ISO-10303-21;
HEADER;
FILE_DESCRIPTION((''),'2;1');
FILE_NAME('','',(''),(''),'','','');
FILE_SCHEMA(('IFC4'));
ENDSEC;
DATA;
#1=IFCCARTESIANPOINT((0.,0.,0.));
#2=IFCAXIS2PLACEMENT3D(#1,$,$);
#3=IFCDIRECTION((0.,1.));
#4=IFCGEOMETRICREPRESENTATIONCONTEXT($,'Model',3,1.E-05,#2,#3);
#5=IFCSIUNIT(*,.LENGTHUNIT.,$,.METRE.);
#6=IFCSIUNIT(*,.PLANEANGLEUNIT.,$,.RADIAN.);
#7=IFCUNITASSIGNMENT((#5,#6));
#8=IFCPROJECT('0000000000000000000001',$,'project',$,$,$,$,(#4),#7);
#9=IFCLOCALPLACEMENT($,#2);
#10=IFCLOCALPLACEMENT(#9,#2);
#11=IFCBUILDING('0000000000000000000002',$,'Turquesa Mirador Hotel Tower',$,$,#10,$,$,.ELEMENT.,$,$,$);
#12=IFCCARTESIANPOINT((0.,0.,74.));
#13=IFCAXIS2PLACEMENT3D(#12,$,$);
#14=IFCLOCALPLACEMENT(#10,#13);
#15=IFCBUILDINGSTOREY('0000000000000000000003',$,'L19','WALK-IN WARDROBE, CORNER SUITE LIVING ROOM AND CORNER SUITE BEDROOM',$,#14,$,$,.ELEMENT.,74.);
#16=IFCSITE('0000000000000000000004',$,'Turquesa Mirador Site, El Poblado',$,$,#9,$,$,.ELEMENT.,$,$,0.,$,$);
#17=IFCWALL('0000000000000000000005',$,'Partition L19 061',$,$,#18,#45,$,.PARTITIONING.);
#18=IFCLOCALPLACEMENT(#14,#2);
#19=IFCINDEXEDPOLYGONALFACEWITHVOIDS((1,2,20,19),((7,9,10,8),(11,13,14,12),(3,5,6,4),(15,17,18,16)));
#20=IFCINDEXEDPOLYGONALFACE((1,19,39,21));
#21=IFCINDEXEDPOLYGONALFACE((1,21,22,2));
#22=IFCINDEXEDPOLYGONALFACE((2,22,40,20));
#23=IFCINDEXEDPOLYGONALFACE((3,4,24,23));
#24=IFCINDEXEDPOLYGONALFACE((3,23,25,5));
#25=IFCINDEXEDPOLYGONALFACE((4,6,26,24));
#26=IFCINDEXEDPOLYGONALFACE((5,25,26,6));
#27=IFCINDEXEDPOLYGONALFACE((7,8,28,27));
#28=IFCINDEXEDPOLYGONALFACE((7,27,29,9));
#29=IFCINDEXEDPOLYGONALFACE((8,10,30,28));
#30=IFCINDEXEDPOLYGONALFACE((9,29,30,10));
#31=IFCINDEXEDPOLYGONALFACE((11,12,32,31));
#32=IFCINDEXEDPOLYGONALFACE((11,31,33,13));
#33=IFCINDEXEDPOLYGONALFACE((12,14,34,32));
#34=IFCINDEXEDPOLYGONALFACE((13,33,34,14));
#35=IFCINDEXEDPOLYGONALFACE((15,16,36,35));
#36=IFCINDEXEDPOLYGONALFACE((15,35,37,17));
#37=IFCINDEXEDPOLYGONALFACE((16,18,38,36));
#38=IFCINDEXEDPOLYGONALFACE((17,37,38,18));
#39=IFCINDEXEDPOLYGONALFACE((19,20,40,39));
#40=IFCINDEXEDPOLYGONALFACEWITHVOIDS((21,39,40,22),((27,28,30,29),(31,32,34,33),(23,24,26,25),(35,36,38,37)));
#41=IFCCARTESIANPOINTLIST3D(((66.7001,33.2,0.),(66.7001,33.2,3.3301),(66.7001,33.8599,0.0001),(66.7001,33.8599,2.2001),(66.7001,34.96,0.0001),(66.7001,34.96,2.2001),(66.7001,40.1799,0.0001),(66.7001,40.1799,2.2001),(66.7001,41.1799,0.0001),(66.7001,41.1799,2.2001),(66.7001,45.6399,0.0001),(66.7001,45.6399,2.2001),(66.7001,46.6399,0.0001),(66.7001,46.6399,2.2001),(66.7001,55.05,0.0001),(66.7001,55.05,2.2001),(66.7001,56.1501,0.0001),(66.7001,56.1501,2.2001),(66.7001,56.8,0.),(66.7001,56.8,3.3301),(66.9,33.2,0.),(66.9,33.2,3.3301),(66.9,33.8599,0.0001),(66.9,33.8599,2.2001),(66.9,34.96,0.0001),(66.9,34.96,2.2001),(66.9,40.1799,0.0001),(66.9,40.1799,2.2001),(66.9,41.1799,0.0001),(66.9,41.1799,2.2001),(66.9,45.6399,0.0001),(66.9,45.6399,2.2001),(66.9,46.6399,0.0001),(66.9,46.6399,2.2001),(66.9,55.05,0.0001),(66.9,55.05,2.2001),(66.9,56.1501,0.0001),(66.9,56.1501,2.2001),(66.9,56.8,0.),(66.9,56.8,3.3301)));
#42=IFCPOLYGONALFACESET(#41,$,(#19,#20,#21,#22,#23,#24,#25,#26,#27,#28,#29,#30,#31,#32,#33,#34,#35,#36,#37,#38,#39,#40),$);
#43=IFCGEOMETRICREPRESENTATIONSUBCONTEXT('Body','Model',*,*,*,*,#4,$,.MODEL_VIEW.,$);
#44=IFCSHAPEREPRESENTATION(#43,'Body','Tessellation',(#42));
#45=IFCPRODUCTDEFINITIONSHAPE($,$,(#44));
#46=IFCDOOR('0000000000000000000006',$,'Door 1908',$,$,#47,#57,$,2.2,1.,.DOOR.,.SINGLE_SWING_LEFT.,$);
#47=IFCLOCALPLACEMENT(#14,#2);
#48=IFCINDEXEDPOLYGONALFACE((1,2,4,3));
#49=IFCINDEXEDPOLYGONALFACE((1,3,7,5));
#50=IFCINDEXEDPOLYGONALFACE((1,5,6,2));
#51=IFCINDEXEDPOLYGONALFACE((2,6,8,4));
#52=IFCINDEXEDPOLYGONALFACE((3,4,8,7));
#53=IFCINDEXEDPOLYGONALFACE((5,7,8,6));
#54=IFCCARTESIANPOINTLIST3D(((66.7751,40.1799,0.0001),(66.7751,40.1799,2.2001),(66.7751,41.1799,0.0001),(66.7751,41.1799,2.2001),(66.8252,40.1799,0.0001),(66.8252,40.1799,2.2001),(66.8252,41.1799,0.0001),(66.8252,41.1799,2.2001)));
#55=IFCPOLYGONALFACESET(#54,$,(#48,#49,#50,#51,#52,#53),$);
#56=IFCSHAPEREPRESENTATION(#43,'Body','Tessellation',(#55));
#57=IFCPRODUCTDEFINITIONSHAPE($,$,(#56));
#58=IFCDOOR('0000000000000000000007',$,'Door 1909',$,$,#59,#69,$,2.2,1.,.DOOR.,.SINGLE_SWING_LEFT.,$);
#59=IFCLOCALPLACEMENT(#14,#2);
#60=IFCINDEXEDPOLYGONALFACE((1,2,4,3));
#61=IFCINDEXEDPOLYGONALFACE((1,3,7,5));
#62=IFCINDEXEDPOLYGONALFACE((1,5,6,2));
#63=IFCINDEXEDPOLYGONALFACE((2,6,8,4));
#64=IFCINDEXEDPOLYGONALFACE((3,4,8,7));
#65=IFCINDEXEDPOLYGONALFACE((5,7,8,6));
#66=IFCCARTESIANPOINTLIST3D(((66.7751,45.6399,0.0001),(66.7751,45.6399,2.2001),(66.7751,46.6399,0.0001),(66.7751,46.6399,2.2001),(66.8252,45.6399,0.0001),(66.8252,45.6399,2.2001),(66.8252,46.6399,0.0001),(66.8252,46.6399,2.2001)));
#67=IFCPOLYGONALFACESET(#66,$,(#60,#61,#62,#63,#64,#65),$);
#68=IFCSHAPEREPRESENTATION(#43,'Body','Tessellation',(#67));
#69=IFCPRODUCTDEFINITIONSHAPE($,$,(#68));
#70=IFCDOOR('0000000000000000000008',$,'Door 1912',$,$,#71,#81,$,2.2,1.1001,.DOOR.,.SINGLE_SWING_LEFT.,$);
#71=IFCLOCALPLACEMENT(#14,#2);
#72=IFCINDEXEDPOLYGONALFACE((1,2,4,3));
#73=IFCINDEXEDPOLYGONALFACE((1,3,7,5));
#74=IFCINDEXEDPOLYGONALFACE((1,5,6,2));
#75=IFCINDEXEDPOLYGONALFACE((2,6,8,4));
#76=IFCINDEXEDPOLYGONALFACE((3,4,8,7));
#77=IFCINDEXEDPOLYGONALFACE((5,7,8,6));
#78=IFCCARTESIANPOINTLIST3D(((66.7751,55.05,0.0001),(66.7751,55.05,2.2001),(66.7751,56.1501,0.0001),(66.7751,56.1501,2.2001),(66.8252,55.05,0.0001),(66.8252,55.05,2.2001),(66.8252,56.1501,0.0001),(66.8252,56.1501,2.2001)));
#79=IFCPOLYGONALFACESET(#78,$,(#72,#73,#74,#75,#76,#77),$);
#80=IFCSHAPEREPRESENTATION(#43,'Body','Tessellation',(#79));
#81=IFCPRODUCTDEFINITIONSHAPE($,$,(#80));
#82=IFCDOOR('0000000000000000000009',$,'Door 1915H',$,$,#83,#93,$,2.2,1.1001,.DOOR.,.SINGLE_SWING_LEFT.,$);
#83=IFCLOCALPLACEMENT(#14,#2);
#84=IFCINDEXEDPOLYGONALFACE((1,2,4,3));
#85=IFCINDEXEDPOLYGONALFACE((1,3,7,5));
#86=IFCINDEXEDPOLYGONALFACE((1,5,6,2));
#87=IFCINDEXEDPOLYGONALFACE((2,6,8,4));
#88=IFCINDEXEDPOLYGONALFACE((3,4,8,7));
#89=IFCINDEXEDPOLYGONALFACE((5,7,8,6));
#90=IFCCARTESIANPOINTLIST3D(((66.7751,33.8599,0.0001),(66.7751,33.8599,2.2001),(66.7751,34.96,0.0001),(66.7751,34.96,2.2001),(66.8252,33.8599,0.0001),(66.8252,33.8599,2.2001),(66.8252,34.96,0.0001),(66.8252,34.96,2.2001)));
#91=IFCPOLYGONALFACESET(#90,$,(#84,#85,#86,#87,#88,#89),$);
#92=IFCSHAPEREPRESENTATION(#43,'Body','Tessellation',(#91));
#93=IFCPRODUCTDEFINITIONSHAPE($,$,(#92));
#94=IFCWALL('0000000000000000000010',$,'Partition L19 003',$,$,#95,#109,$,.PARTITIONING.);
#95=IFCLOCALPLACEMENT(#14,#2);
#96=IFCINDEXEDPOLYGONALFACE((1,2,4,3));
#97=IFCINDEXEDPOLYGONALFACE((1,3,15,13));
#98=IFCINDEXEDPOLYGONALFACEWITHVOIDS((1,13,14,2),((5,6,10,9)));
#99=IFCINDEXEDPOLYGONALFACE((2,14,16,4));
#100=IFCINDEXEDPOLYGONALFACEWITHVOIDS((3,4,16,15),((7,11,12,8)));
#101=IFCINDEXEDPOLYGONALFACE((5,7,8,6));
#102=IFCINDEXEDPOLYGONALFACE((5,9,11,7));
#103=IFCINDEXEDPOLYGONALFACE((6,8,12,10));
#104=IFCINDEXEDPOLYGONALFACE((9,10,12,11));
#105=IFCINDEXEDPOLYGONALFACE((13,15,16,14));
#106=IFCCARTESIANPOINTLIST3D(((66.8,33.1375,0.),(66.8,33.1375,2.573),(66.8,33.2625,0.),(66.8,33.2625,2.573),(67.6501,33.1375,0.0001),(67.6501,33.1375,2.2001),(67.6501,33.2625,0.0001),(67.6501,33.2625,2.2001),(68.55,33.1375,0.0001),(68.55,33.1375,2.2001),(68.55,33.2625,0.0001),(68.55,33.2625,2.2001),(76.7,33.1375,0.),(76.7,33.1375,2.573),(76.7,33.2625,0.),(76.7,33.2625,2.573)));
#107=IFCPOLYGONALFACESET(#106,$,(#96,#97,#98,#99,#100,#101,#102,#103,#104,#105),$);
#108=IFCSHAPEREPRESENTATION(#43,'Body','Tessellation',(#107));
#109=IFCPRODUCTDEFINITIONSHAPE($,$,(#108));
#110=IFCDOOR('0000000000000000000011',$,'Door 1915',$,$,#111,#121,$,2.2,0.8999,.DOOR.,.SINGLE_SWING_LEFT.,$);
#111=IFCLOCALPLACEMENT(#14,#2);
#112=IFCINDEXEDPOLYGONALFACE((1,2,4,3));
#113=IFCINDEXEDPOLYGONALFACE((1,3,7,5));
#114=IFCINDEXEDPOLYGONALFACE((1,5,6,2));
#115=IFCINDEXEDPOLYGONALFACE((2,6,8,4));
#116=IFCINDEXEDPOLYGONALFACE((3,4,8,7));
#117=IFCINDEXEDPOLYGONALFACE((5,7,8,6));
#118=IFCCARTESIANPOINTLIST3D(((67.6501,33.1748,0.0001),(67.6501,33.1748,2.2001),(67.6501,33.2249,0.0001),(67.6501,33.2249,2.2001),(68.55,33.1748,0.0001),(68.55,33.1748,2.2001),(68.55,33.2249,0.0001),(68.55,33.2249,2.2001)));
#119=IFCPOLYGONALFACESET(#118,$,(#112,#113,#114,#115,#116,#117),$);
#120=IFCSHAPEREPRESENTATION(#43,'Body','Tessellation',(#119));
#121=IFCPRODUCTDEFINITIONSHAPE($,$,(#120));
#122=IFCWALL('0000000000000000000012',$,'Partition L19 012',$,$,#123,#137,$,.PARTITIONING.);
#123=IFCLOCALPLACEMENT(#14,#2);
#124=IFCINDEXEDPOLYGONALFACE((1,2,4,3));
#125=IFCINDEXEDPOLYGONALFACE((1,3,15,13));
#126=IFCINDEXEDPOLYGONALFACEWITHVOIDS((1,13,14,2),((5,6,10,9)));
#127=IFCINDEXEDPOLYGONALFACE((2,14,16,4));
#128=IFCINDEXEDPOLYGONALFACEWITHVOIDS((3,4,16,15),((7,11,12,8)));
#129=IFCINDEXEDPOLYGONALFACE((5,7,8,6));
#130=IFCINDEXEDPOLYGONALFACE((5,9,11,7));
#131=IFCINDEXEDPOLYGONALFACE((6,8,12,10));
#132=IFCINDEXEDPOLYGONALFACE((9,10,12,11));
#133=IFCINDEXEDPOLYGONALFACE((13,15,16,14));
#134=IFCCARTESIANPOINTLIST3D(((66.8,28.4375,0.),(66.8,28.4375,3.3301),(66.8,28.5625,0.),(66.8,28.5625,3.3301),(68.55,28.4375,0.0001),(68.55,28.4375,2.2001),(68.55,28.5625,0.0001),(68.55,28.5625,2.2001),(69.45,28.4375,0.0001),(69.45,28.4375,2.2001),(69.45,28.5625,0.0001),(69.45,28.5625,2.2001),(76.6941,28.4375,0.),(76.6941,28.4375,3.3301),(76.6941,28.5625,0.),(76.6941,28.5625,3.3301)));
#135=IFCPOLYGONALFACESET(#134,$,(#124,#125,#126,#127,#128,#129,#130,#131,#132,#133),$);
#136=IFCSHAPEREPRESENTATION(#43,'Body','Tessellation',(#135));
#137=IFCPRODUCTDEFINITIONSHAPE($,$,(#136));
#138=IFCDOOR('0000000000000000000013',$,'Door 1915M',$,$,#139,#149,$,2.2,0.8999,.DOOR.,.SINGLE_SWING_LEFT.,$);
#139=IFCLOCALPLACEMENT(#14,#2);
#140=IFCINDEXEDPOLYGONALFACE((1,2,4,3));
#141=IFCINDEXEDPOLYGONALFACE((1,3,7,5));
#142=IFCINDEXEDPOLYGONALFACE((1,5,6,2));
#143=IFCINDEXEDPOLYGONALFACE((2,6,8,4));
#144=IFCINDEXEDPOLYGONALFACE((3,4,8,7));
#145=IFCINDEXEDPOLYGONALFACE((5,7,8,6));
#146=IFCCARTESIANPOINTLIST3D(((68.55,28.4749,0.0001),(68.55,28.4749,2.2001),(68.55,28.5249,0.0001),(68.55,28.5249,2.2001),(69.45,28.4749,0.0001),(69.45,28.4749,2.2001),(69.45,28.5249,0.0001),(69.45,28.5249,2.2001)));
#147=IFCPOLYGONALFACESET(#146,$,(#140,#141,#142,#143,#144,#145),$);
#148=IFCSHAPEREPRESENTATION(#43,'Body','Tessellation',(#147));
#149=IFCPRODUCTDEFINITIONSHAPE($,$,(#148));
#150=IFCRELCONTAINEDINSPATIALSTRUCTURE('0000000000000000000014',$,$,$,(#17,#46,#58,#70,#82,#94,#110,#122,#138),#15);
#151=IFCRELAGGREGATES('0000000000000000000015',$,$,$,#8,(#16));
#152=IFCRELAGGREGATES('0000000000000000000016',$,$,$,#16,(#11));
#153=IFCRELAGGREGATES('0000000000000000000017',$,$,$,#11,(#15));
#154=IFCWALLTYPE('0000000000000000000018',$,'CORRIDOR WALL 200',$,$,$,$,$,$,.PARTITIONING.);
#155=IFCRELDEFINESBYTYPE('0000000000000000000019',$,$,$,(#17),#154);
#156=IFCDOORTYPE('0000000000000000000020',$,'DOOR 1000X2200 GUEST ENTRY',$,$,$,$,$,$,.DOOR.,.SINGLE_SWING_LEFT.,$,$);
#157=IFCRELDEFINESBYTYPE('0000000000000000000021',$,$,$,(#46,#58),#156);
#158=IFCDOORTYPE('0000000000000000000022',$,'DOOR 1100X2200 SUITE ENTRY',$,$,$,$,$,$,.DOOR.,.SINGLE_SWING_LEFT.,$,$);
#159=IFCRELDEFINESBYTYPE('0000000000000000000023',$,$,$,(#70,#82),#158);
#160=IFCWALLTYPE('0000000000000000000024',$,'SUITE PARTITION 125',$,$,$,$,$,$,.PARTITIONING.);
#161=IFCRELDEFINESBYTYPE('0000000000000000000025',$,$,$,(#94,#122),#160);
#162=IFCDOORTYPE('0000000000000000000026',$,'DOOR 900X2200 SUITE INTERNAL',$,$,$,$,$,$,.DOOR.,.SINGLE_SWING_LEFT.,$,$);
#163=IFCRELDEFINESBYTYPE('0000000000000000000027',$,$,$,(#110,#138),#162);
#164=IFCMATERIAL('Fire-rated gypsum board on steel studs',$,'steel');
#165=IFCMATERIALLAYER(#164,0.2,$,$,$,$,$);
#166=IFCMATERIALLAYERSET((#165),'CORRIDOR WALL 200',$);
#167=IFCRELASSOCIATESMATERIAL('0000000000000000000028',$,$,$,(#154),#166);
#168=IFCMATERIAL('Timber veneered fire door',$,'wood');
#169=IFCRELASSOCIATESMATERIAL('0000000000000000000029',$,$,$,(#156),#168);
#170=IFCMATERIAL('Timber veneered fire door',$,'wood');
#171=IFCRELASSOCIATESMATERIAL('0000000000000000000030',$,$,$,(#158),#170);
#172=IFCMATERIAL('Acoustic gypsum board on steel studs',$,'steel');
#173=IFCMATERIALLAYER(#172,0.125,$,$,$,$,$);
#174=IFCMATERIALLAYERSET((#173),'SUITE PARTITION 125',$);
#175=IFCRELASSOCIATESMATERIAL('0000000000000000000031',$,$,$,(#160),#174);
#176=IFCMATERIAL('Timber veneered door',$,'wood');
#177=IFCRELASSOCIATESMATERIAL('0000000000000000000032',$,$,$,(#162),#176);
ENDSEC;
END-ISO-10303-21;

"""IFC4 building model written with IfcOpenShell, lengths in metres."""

from ifc_helpers import new_model, si_unit, direction, frame, frame_2d, origin, place, context, subcontext, project, spatial, rectangle, extrude, material, layer, layer_set, type_object, element, fill, save


model = new_model("IFC4")

# Units and contexts
model_context = context("Model", 3, precision=1e-05, world=origin(), true_north=direction((0.0, 1.0)))
body_context = subcontext(model_context, "Body", "Model", "MODEL_VIEW")
ifc_project = project(units=[si_unit("LENGTHUNIT", "METRE"), si_unit("PLANEANGLEUNIT", "RADIAN")], contexts=[model_context])

# Site, building, storey
site_placement = place(None, origin())
site = spatial("IfcSite", under=ifc_project, at=site_placement, Name="Turquesa Mirador Site, El Poblado", CompositionType="ELEMENT", RefElevation=0.0)
building_placement = place(site_placement, origin())
building = spatial("IfcBuilding", under=site, at=building_placement, Name="Turquesa Mirador Hotel Tower", CompositionType="ELEMENT")
storey_placement = place(building_placement, frame((0.0, 0.0, 74.0)))
storey = spatial("IfcBuildingStorey", under=building, at=storey_placement, Name="L19", Description="WALK-IN WARDROBE, CORNER SUITE LIVING ROOM AND CORNER SUITE BEDROOM", CompositionType="ELEMENT", Elevation=74.0)

# Wall, openings, doors
ifc_material_1 = material(Name="Fire-rated gypsum board on steel studs", Category="steel")
ifc_layer_1 = layer(ifc_material_1, 0.2)
ifc_layer_set_1 = layer_set([ifc_layer_1], Name="CORRIDOR WALL 200")
wall_type_1 = type_object("IfcWallType", Name="CORRIDOR WALL 200", PredefinedType="PARTITIONING", material=ifc_layer_set_1)
wall_1_placement = place(storey_placement, frame((66.8, 33.2, 0.0), z_axis=(0.0, 0.0, 1.0), x_axis=(0.0, 1.0, 0.0)))
wall_1 = element("IfcWall", 1, at=wall_1_placement, inside=storey, type_object=wall_type_1, Name="Partition L19 061", PredefinedType="PARTITIONING", context=body_context, shape_type="SweptSolid", body=[
    extrude(rectangle(XDim=23.6001, YDim=0.2, at=frame_2d((11.8, 0.0))), origin(), (0.0, 0.0, 1.0), 3.3301),
])
opening_1_placement = place(wall_1_placement, frame((6.98, 0.0, 0.0)))
opening_1 = element("IfcOpeningElement", 2, at=opening_1_placement, cuts=wall_1, PredefinedType="OPENING", context=body_context, shape_type="SweptSolid", body=[
    extrude(rectangle(XDim=1.0, YDim=2.2, at=frame_2d((0.5, 1.1001))), frame((0.0, 0.1099, 0.0), z_axis=(0.0, -1.0, 0.0), x_axis=(1.0, 0.0, 0.0)), (0.0, 0.0, 1.0), 0.22),
])
opening_2_placement = place(wall_1_placement, frame((12.4399, 0.0, 0.0)))
opening_2 = element("IfcOpeningElement", 3, at=opening_2_placement, cuts=wall_1, PredefinedType="OPENING", context=body_context, shape_type="SweptSolid", body=[
    extrude(rectangle(XDim=1.0, YDim=2.2, at=frame_2d((0.5, 1.1001))), frame((0.0, 0.1099, 0.0), z_axis=(0.0, -1.0, 0.0), x_axis=(1.0, 0.0, 0.0)), (0.0, 0.0, 1.0), 0.22),
])
opening_3_placement = place(wall_1_placement, frame((21.8501, 0.0, 0.0)))
opening_3 = element("IfcOpeningElement", 4, at=opening_3_placement, cuts=wall_1, PredefinedType="OPENING", context=body_context, shape_type="SweptSolid", body=[
    extrude(rectangle(XDim=1.1001, YDim=2.2, at=frame_2d((0.55, 1.1001))), frame((0.0, 0.1099, 0.0), z_axis=(0.0, -1.0, 0.0), x_axis=(1.0, 0.0, 0.0)), (0.0, 0.0, 1.0), 0.22),
])
opening_4_placement = place(wall_1_placement, frame((0.6599, 0.0, 0.0)))
opening_4 = element("IfcOpeningElement", 5, at=opening_4_placement, cuts=wall_1, PredefinedType="OPENING", context=body_context, shape_type="SweptSolid", body=[
    extrude(rectangle(XDim=1.1001, YDim=2.2, at=frame_2d((0.55, 1.1001))), frame((0.0, 0.1099, 0.0), z_axis=(0.0, -1.0, 0.0), x_axis=(1.0, 0.0, 0.0)), (0.0, 0.0, 1.0), 0.22),
])
ifc_material_2 = material(Name="Timber veneered fire door", Category="wood")
door_type_1 = type_object("IfcDoorType", Name="DOOR 1000X2200 GUEST ENTRY", OperationType="SINGLE_SWING_LEFT", PredefinedType="DOOR", material=ifc_material_2)
door_1_placement = place(opening_1_placement, origin())
door_1 = element("IfcDoor", 6, at=door_1_placement, inside=storey, type_object=door_type_1, Name="Door 1908", OperationType="SINGLE_SWING_LEFT", OverallHeight=2.2, OverallWidth=1.0, PredefinedType="DOOR", context=body_context, shape_type="SweptSolid", body=[
    extrude(rectangle(XDim=1.0, YDim=2.2, at=frame_2d((0.5, 1.1001))), frame((0.0, 0.0249, 0.0), z_axis=(0.0, -1.0, 0.0), x_axis=(1.0, 0.0, 0.0)), (0.0, 0.0, 1.0), 0.05),
])
fill(opening_1, door_1)
door_2_placement = place(opening_2_placement, origin())
door_2 = element("IfcDoor", 7, at=door_2_placement, inside=storey, type_object=door_type_1, Name="Door 1909", OperationType="SINGLE_SWING_LEFT", OverallHeight=2.2, OverallWidth=1.0, PredefinedType="DOOR", context=body_context, shape_type="SweptSolid", body=[
    extrude(rectangle(XDim=1.0, YDim=2.2, at=frame_2d((0.5, 1.1001))), frame((0.0, 0.0249, 0.0), z_axis=(0.0, -1.0, 0.0), x_axis=(1.0, 0.0, 0.0)), (0.0, 0.0, 1.0), 0.05),
])
fill(opening_2, door_2)
ifc_material_3 = material(Name="Timber veneered fire door", Category="wood")
door_type_2 = type_object("IfcDoorType", Name="DOOR 1100X2200 SUITE ENTRY", OperationType="SINGLE_SWING_LEFT", PredefinedType="DOOR", material=ifc_material_3)
door_3_placement = place(opening_3_placement, origin())
door_3 = element("IfcDoor", 8, at=door_3_placement, inside=storey, type_object=door_type_2, Name="Door 1912", OperationType="SINGLE_SWING_LEFT", OverallHeight=2.2, OverallWidth=1.1001, PredefinedType="DOOR", context=body_context, shape_type="SweptSolid", body=[
    extrude(rectangle(XDim=1.1001, YDim=2.2, at=frame_2d((0.55, 1.1001))), frame((0.0, 0.0249, 0.0), z_axis=(0.0, -1.0, 0.0), x_axis=(1.0, 0.0, 0.0)), (0.0, 0.0, 1.0), 0.05),
])
fill(opening_3, door_3)
door_4_placement = place(opening_4_placement, origin())
door_4 = element("IfcDoor", 9, at=door_4_placement, inside=storey, type_object=door_type_2, Name="Door 1915H", OperationType="SINGLE_SWING_LEFT", OverallHeight=2.2, OverallWidth=1.1001, PredefinedType="DOOR", context=body_context, shape_type="SweptSolid", body=[
    extrude(rectangle(XDim=1.1001, YDim=2.2, at=frame_2d((0.55, 1.1001))), frame((0.0, 0.0249, 0.0), z_axis=(0.0, -1.0, 0.0), x_axis=(1.0, 0.0, 0.0)), (0.0, 0.0, 1.0), 0.05),
])
fill(opening_4, door_4)

# Walls, openings, doors
ifc_material_4 = material(Name="Acoustic gypsum board on steel studs", Category="steel")
ifc_layer_2 = layer(ifc_material_4, 0.125)
ifc_layer_set_2 = layer_set([ifc_layer_2], Name="SUITE PARTITION 125")
wall_type_2 = type_object("IfcWallType", Name="SUITE PARTITION 125", PredefinedType="PARTITIONING", material=ifc_layer_set_2)
wall_2_placement = place(storey_placement, frame((66.8, 33.2, 0.0), z_axis=(0.0, 0.0, 1.0), x_axis=(1.0, 0.0, 0.0)))
wall_2 = element("IfcWall", 10, at=wall_2_placement, inside=storey, type_object=wall_type_2, Name="Partition L19 003", PredefinedType="PARTITIONING", context=body_context, shape_type="SweptSolid", body=[
    extrude(rectangle(XDim=9.8999, YDim=0.125, at=frame_2d((4.95, 0.0))), origin(), (0.0, 0.0, 1.0), 2.573),
])
opening_5_placement = place(wall_2_placement, frame((0.8501, 0.0, 0.0)))
opening_5 = element("IfcOpeningElement", 11, at=opening_5_placement, cuts=wall_2, PredefinedType="OPENING", context=body_context, shape_type="SweptSolid", body=[
    extrude(rectangle(XDim=0.8999, YDim=2.2, at=frame_2d((0.45, 1.1001))), frame((0.0, 0.0725, 0.0), z_axis=(0.0, -1.0, 0.0), x_axis=(1.0, 0.0, 0.0)), (0.0, 0.0, 1.0), 0.145),
])
ifc_material_5 = material(Name="Timber veneered door", Category="wood")
door_type_3 = type_object("IfcDoorType", Name="DOOR 900X2200 SUITE INTERNAL", OperationType="SINGLE_SWING_LEFT", PredefinedType="DOOR", material=ifc_material_5)
door_5_placement = place(opening_5_placement, origin())
door_5 = element("IfcDoor", 12, at=door_5_placement, inside=storey, type_object=door_type_3, Name="Door 1915", OperationType="SINGLE_SWING_LEFT", OverallHeight=2.2, OverallWidth=0.8999, PredefinedType="DOOR", context=body_context, shape_type="SweptSolid", body=[
    extrude(rectangle(XDim=0.8999, YDim=2.2, at=frame_2d((0.45, 1.1001))), frame((0.0, 0.0249, 0.0), z_axis=(0.0, -1.0, 0.0), x_axis=(1.0, 0.0, 0.0)), (0.0, 0.0, 1.0), 0.05),
])
fill(opening_5, door_5)
wall_3_placement = place(storey_placement, frame((66.8, 28.5, 0.0), z_axis=(0.0, 0.0, 1.0), x_axis=(1.0, 0.0, 0.0)))
wall_3 = element("IfcWall", 13, at=wall_3_placement, inside=storey, type_object=wall_type_2, Name="Partition L19 012", PredefinedType="PARTITIONING", context=body_context, shape_type="SweptSolid", body=[
    extrude(rectangle(XDim=9.894, YDim=0.125, at=frame_2d((4.947, 0.0))), origin(), (0.0, 0.0, 1.0), 3.3301),
])
opening_6_placement = place(wall_3_placement, frame((1.75, 0.0, 0.0)))
opening_6 = element("IfcOpeningElement", 14, at=opening_6_placement, cuts=wall_3, PredefinedType="OPENING", context=body_context, shape_type="SweptSolid", body=[
    extrude(rectangle(XDim=0.8999, YDim=2.2, at=frame_2d((0.45, 1.1001))), frame((0.0, 0.0725, 0.0), z_axis=(0.0, -1.0, 0.0), x_axis=(1.0, 0.0, 0.0)), (0.0, 0.0, 1.0), 0.145),
])
door_6_placement = place(opening_6_placement, origin())
door_6 = element("IfcDoor", 15, at=door_6_placement, inside=storey, type_object=door_type_3, Name="Door 1915M", OperationType="SINGLE_SWING_LEFT", OverallHeight=2.2, OverallWidth=0.8999, PredefinedType="DOOR", context=body_context, shape_type="SweptSolid", body=[
    extrude(rectangle(XDim=0.8999, YDim=2.2, at=frame_2d((0.45, 1.1001))), frame((0.0, 0.0249, 0.0), z_axis=(0.0, -1.0, 0.0), x_axis=(1.0, 0.0, 0.0)), (0.0, 0.0, 1.0), 0.05),
])
fill(opening_6, door_6)

save(model, "model.ifc")
